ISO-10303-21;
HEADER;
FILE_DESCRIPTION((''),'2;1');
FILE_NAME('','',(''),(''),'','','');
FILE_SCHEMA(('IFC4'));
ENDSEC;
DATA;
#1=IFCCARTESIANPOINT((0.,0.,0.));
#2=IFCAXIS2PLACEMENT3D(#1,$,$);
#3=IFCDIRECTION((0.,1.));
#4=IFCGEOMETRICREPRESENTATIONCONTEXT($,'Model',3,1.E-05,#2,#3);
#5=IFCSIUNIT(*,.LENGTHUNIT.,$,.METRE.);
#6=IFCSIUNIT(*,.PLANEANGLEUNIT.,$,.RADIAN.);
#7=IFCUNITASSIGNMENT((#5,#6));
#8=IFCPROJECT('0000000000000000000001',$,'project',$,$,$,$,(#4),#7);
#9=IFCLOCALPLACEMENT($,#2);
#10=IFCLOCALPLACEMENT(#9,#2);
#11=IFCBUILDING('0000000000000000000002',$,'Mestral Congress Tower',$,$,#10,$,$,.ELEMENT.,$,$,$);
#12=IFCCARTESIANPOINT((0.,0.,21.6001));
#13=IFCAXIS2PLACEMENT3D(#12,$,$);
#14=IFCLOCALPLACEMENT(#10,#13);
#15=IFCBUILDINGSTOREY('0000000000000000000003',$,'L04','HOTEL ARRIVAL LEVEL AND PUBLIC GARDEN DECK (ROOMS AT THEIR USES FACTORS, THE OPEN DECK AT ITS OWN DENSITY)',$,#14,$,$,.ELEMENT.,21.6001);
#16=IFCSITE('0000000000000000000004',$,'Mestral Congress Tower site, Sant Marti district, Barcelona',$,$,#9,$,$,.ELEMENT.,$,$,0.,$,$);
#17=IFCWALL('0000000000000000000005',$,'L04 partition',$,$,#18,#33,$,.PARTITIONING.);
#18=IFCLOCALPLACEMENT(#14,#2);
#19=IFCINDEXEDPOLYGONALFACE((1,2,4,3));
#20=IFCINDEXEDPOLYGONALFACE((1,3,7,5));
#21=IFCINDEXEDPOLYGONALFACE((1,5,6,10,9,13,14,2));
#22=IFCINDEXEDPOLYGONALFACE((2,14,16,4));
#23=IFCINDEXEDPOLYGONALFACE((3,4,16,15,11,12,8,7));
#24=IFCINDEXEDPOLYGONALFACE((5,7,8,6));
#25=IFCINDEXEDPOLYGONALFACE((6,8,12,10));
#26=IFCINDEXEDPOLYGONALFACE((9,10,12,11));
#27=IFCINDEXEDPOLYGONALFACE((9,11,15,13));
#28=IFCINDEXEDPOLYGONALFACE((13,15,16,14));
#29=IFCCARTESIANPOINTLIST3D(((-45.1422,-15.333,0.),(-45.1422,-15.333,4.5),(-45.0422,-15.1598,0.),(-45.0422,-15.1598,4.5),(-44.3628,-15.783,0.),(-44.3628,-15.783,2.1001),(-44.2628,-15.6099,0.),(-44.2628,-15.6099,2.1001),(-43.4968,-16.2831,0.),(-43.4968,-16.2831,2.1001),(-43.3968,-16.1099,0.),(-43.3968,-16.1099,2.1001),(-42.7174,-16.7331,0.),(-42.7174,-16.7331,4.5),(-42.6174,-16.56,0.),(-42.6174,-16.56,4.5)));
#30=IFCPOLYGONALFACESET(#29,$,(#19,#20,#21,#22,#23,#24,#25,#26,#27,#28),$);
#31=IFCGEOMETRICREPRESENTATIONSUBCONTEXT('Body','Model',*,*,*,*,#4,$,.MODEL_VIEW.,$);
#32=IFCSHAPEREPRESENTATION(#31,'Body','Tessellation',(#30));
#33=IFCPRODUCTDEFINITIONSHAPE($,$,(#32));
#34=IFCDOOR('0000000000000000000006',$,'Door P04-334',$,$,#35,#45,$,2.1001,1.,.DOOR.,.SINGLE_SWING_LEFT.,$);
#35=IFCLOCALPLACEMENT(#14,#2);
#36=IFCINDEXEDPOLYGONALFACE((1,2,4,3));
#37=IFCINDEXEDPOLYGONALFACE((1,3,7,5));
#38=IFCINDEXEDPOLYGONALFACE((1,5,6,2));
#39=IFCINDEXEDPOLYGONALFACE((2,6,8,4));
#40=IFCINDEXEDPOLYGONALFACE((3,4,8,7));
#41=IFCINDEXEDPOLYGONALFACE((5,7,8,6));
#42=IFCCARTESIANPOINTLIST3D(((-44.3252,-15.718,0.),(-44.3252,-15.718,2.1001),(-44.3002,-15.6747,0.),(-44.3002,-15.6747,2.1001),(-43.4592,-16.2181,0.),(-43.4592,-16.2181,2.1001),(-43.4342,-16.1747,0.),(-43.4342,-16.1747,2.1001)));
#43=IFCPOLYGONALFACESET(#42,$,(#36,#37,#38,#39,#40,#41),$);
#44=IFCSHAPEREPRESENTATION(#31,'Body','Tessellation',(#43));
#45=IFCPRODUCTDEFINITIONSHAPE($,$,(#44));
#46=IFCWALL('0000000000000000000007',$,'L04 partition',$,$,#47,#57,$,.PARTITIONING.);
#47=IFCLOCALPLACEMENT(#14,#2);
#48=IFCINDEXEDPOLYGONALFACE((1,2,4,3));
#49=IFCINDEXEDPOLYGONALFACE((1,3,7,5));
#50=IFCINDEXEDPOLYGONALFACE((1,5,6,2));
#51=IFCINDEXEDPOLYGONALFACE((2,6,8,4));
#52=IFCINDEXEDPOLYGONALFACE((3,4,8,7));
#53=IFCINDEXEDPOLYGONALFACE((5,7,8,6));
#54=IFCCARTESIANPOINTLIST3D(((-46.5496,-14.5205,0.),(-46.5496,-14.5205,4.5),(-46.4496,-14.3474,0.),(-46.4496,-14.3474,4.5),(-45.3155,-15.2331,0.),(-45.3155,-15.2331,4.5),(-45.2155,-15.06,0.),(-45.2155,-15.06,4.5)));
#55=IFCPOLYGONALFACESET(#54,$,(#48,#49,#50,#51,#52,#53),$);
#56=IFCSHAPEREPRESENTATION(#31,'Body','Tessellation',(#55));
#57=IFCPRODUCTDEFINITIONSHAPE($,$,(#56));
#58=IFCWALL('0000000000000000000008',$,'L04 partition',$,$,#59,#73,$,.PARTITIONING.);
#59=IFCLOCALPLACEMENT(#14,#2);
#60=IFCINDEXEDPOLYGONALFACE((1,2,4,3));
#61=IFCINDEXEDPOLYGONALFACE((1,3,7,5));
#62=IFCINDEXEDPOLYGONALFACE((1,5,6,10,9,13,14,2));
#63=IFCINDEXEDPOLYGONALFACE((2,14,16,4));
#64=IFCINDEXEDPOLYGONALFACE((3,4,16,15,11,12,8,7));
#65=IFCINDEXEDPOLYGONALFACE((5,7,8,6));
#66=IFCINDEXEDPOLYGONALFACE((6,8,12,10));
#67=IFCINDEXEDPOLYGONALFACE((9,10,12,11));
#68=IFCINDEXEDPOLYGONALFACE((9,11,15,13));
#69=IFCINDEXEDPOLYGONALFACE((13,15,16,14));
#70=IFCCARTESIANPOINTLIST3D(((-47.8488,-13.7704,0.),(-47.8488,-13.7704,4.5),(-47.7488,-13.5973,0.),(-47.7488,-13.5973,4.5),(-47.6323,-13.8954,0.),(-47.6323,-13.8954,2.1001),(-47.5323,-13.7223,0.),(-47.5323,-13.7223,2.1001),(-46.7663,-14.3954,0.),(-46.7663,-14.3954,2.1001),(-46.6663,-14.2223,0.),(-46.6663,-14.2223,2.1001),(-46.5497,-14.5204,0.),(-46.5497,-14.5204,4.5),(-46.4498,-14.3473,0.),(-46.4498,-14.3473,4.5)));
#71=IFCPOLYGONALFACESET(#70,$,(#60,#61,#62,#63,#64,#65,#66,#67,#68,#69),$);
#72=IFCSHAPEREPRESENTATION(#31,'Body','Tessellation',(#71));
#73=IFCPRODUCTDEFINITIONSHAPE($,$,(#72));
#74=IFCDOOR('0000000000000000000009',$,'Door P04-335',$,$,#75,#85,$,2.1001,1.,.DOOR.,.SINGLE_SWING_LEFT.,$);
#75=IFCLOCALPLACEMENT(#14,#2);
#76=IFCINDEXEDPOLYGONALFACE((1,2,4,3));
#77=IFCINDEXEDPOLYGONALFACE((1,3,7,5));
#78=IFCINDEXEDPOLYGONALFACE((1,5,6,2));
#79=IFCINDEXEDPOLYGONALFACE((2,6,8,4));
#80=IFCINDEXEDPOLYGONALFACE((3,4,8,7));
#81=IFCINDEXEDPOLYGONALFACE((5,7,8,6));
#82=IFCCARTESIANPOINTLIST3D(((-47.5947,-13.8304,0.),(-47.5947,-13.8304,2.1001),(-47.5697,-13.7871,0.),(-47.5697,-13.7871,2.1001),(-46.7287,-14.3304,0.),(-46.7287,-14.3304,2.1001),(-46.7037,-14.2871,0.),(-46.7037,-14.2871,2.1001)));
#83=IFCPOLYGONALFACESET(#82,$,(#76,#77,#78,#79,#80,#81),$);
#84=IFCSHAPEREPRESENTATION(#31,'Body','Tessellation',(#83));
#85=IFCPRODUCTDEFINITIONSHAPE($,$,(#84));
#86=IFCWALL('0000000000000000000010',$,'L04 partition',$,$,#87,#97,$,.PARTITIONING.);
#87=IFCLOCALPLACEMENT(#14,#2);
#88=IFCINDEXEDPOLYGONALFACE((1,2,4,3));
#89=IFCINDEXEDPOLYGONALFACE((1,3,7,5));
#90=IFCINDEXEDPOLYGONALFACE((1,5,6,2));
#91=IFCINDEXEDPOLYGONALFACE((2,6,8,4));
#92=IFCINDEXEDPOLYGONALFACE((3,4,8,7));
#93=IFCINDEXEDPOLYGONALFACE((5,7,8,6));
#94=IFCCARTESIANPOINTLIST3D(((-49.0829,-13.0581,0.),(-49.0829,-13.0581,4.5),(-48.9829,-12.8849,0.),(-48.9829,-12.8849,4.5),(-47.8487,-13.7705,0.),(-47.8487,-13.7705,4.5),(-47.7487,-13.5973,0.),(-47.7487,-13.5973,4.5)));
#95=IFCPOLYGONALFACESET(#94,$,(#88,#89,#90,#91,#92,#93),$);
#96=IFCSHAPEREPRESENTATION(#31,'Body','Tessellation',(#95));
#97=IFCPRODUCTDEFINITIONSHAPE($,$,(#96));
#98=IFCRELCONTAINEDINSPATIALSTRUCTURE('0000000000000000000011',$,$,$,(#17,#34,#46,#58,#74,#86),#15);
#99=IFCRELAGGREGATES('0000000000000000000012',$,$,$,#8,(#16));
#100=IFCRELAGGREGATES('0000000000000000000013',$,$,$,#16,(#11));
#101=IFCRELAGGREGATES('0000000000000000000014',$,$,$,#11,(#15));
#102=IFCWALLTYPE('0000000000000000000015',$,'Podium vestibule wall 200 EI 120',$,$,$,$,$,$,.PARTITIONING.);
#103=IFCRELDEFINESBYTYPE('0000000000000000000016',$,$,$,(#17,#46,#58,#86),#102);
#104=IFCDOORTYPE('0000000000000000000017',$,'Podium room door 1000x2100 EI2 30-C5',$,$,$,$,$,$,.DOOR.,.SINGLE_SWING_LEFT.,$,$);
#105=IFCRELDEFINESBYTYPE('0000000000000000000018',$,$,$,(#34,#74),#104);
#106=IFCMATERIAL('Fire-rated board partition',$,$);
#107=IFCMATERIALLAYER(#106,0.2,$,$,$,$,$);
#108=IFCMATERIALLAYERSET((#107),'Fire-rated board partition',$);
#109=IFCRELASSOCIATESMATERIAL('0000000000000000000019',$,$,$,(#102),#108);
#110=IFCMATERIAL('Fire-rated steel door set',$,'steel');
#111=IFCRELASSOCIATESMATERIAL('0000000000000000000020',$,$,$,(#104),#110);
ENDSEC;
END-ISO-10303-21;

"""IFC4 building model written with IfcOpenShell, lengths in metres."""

from ifc_helpers import new_model, si_unit, direction, frame, frame_2d, origin, place, context, subcontext, project, spatial, rectangle, extrude, material, layer, layer_set, type_object, element, fill, save


model = new_model("IFC4")

# Units and contexts
model_context = context("Model", 3, precision=1e-05, world=origin(), true_north=direction((0.0, 1.0)))
body_context = subcontext(model_context, "Body", "Model", "MODEL_VIEW")
ifc_project = project(units=[si_unit("LENGTHUNIT", "METRE"), si_unit("PLANEANGLEUNIT", "RADIAN")], contexts=[model_context])

# Site, building, storey
site_placement = place(None, origin())
site = spatial("IfcSite", under=ifc_project, at=site_placement, Name="Mestral Congress Tower site, Sant Marti district, Barcelona", CompositionType="ELEMENT", RefElevation=0.0)
building_placement = place(site_placement, origin())
building = spatial("IfcBuilding", under=site, at=building_placement, Name="Mestral Congress Tower", CompositionType="ELEMENT")
storey_placement = place(building_placement, frame((0.0, 0.0, 21.6001)))
storey = spatial("IfcBuildingStorey", under=building, at=storey_placement, Name="L04", Description="HOTEL ARRIVAL LEVEL AND PUBLIC GARDEN DECK (ROOMS AT THEIR USES FACTORS, THE OPEN DECK AT ITS OWN DENSITY)", CompositionType="ELEMENT", Elevation=21.6001)

# Shared definitions
ifc_material_1 = material(Name="Fire-rated board partition")
ifc_layer_1 = layer(ifc_material_1, 0.2)
ifc_layer_set_1 = layer_set([ifc_layer_1], Name="Fire-rated board partition")
wall_type_1 = type_object("IfcWallType", Name="Podium vestibule wall 200 EI 120", PredefinedType="PARTITIONING", material=ifc_layer_set_1)

# Shared definitions
ifc_material_2 = material(Name="Fire-rated steel door set", Category="steel")

# Shared definitions
door_type_1 = type_object("IfcDoorType", Name="Podium room door 1000x2100 EI2 30-C5", OperationType="SINGLE_SWING_LEFT", PredefinedType="DOOR", material=ifc_material_2)

# Wall, opening, door
wall_1_placement = place(storey_placement, frame((-42.6675, -16.6465, 0.0), z_axis=(0.0, 0.0, 1.0), x_axis=(-0.865997, 0.50005, 0.0)))
wall_1 = element("IfcWall", 1, at=wall_1_placement, inside=storey, type_object=wall_type_1, Name="L04 partition", PredefinedType="PARTITIONING", context=body_context, shape_type="SweptSolid", body=[
    extrude(rectangle(XDim=2.8, YDim=0.2, at=frame_2d((1.3999, 0.0))), origin(), (0.0, 0.0, 1.0), 4.5),
])
opening_1_placement = place(wall_1_placement, frame((0.8999, 0.0, 0.0)))
opening_1 = element("IfcOpeningElement", 2, at=opening_1_placement, cuts=wall_1, PredefinedType="OPENING", context=body_context, shape_type="SweptSolid", body=[
    extrude(rectangle(XDim=1.0, YDim=2.1001, at=frame_2d((0.5, 1.05))), frame((0.0, 0.1099, 0.0), z_axis=(0.0, -1.0, 0.0), x_axis=(1.0, 0.0, 0.0)), (0.0, 0.0, 1.0), 0.22),
])
door_1_placement = place(opening_1_placement, origin())
door_1 = element("IfcDoor", 3, at=door_1_placement, inside=storey, type_object=door_type_1, Name="Door P04-334", OperationType="SINGLE_SWING_LEFT", OverallHeight=2.1001, OverallWidth=1.0, PredefinedType="DOOR", context=body_context, shape_type="SweptSolid", body=[
    extrude(rectangle(XDim=1.0, YDim=2.1001, at=frame_2d((0.5, 1.05))), frame((0.0, 0.0249, 0.0), z_axis=(0.0, -1.0, 0.0), x_axis=(1.0, 0.0, 0.0)), (0.0, 0.0, 1.0), 0.05),
])
fill(opening_1, door_1)

# Wall
wall_2_placement = place(storey_placement, frame((-45.2656, -15.1465, 0.0), z_axis=(0.0, 0.0, 1.0), x_axis=(-0.865989, 0.500064, 0.0)))
element("IfcWall", 4, at=wall_2_placement, inside=storey, type_object=wall_type_1, Name="L04 partition", PredefinedType="PARTITIONING", context=body_context, shape_type="SweptSolid", body=[
    extrude(rectangle(XDim=1.425, YDim=0.2, at=frame_2d((0.7124, 0.0))), origin(), (0.0, 0.0, 1.0), 4.5),
])

# Wall, opening, door
wall_3_placement = place(storey_placement, frame((-46.4998, -14.4338, 0.0), z_axis=(0.0, 0.0, 1.0), x_axis=(-0.866031, 0.49999, 0.0)))
wall_3 = element("IfcWall", 5, at=wall_3_placement, inside=storey, type_object=wall_type_1, Name="L04 partition", PredefinedType="PARTITIONING", context=body_context, shape_type="SweptSolid", body=[
    extrude(rectangle(XDim=1.5, YDim=0.2, at=frame_2d((0.75, 0.0))), origin(), (0.0, 0.0, 1.0), 4.5),
])
opening_2_placement = place(wall_3_placement, frame((0.25, 0.0, 0.0)))
opening_2 = element("IfcOpeningElement", 6, at=opening_2_placement, cuts=wall_3, PredefinedType="OPENING", context=body_context, shape_type="SweptSolid", body=[
    extrude(rectangle(XDim=1.0, YDim=2.1001, at=frame_2d((0.5, 1.05))), frame((0.0, 0.1099, 0.0), z_axis=(0.0, -1.0, 0.0), x_axis=(1.0, 0.0, 0.0)), (0.0, 0.0, 1.0), 0.22),
])
door_2_placement = place(opening_2_placement, origin())
door_2 = element("IfcDoor", 7, at=door_2_placement, inside=storey, type_object=door_type_1, Name="Door P04-335", OperationType="SINGLE_SWING_LEFT", OverallHeight=2.1001, OverallWidth=1.0, PredefinedType="DOOR", context=body_context, shape_type="SweptSolid", body=[
    extrude(rectangle(XDim=1.0, YDim=2.1001, at=frame_2d((0.5, 1.05))), frame((0.0, 0.0249, 0.0), z_axis=(0.0, -1.0, 0.0), x_axis=(1.0, 0.0, 0.0)), (0.0, 0.0, 1.0), 0.05),
])
fill(opening_2, door_2)

# Wall
wall_4_placement = place(storey_placement, frame((-47.7988, -13.6838, 0.0), z_axis=(0.0, 0.0, 1.0), x_axis=(-0.866063, 0.499935, 0.0)))
element("IfcWall", 8, at=wall_4_placement, inside=storey, type_object=wall_type_1, Name="L04 partition", PredefinedType="PARTITIONING", context=body_context, shape_type="SweptSolid", body=[
    extrude(rectangle(XDim=1.425, YDim=0.2, at=frame_2d((0.7124, 0.0))), origin(), (0.0, 0.0, 1.0), 4.5),
])

save(model, "model.ifc")
